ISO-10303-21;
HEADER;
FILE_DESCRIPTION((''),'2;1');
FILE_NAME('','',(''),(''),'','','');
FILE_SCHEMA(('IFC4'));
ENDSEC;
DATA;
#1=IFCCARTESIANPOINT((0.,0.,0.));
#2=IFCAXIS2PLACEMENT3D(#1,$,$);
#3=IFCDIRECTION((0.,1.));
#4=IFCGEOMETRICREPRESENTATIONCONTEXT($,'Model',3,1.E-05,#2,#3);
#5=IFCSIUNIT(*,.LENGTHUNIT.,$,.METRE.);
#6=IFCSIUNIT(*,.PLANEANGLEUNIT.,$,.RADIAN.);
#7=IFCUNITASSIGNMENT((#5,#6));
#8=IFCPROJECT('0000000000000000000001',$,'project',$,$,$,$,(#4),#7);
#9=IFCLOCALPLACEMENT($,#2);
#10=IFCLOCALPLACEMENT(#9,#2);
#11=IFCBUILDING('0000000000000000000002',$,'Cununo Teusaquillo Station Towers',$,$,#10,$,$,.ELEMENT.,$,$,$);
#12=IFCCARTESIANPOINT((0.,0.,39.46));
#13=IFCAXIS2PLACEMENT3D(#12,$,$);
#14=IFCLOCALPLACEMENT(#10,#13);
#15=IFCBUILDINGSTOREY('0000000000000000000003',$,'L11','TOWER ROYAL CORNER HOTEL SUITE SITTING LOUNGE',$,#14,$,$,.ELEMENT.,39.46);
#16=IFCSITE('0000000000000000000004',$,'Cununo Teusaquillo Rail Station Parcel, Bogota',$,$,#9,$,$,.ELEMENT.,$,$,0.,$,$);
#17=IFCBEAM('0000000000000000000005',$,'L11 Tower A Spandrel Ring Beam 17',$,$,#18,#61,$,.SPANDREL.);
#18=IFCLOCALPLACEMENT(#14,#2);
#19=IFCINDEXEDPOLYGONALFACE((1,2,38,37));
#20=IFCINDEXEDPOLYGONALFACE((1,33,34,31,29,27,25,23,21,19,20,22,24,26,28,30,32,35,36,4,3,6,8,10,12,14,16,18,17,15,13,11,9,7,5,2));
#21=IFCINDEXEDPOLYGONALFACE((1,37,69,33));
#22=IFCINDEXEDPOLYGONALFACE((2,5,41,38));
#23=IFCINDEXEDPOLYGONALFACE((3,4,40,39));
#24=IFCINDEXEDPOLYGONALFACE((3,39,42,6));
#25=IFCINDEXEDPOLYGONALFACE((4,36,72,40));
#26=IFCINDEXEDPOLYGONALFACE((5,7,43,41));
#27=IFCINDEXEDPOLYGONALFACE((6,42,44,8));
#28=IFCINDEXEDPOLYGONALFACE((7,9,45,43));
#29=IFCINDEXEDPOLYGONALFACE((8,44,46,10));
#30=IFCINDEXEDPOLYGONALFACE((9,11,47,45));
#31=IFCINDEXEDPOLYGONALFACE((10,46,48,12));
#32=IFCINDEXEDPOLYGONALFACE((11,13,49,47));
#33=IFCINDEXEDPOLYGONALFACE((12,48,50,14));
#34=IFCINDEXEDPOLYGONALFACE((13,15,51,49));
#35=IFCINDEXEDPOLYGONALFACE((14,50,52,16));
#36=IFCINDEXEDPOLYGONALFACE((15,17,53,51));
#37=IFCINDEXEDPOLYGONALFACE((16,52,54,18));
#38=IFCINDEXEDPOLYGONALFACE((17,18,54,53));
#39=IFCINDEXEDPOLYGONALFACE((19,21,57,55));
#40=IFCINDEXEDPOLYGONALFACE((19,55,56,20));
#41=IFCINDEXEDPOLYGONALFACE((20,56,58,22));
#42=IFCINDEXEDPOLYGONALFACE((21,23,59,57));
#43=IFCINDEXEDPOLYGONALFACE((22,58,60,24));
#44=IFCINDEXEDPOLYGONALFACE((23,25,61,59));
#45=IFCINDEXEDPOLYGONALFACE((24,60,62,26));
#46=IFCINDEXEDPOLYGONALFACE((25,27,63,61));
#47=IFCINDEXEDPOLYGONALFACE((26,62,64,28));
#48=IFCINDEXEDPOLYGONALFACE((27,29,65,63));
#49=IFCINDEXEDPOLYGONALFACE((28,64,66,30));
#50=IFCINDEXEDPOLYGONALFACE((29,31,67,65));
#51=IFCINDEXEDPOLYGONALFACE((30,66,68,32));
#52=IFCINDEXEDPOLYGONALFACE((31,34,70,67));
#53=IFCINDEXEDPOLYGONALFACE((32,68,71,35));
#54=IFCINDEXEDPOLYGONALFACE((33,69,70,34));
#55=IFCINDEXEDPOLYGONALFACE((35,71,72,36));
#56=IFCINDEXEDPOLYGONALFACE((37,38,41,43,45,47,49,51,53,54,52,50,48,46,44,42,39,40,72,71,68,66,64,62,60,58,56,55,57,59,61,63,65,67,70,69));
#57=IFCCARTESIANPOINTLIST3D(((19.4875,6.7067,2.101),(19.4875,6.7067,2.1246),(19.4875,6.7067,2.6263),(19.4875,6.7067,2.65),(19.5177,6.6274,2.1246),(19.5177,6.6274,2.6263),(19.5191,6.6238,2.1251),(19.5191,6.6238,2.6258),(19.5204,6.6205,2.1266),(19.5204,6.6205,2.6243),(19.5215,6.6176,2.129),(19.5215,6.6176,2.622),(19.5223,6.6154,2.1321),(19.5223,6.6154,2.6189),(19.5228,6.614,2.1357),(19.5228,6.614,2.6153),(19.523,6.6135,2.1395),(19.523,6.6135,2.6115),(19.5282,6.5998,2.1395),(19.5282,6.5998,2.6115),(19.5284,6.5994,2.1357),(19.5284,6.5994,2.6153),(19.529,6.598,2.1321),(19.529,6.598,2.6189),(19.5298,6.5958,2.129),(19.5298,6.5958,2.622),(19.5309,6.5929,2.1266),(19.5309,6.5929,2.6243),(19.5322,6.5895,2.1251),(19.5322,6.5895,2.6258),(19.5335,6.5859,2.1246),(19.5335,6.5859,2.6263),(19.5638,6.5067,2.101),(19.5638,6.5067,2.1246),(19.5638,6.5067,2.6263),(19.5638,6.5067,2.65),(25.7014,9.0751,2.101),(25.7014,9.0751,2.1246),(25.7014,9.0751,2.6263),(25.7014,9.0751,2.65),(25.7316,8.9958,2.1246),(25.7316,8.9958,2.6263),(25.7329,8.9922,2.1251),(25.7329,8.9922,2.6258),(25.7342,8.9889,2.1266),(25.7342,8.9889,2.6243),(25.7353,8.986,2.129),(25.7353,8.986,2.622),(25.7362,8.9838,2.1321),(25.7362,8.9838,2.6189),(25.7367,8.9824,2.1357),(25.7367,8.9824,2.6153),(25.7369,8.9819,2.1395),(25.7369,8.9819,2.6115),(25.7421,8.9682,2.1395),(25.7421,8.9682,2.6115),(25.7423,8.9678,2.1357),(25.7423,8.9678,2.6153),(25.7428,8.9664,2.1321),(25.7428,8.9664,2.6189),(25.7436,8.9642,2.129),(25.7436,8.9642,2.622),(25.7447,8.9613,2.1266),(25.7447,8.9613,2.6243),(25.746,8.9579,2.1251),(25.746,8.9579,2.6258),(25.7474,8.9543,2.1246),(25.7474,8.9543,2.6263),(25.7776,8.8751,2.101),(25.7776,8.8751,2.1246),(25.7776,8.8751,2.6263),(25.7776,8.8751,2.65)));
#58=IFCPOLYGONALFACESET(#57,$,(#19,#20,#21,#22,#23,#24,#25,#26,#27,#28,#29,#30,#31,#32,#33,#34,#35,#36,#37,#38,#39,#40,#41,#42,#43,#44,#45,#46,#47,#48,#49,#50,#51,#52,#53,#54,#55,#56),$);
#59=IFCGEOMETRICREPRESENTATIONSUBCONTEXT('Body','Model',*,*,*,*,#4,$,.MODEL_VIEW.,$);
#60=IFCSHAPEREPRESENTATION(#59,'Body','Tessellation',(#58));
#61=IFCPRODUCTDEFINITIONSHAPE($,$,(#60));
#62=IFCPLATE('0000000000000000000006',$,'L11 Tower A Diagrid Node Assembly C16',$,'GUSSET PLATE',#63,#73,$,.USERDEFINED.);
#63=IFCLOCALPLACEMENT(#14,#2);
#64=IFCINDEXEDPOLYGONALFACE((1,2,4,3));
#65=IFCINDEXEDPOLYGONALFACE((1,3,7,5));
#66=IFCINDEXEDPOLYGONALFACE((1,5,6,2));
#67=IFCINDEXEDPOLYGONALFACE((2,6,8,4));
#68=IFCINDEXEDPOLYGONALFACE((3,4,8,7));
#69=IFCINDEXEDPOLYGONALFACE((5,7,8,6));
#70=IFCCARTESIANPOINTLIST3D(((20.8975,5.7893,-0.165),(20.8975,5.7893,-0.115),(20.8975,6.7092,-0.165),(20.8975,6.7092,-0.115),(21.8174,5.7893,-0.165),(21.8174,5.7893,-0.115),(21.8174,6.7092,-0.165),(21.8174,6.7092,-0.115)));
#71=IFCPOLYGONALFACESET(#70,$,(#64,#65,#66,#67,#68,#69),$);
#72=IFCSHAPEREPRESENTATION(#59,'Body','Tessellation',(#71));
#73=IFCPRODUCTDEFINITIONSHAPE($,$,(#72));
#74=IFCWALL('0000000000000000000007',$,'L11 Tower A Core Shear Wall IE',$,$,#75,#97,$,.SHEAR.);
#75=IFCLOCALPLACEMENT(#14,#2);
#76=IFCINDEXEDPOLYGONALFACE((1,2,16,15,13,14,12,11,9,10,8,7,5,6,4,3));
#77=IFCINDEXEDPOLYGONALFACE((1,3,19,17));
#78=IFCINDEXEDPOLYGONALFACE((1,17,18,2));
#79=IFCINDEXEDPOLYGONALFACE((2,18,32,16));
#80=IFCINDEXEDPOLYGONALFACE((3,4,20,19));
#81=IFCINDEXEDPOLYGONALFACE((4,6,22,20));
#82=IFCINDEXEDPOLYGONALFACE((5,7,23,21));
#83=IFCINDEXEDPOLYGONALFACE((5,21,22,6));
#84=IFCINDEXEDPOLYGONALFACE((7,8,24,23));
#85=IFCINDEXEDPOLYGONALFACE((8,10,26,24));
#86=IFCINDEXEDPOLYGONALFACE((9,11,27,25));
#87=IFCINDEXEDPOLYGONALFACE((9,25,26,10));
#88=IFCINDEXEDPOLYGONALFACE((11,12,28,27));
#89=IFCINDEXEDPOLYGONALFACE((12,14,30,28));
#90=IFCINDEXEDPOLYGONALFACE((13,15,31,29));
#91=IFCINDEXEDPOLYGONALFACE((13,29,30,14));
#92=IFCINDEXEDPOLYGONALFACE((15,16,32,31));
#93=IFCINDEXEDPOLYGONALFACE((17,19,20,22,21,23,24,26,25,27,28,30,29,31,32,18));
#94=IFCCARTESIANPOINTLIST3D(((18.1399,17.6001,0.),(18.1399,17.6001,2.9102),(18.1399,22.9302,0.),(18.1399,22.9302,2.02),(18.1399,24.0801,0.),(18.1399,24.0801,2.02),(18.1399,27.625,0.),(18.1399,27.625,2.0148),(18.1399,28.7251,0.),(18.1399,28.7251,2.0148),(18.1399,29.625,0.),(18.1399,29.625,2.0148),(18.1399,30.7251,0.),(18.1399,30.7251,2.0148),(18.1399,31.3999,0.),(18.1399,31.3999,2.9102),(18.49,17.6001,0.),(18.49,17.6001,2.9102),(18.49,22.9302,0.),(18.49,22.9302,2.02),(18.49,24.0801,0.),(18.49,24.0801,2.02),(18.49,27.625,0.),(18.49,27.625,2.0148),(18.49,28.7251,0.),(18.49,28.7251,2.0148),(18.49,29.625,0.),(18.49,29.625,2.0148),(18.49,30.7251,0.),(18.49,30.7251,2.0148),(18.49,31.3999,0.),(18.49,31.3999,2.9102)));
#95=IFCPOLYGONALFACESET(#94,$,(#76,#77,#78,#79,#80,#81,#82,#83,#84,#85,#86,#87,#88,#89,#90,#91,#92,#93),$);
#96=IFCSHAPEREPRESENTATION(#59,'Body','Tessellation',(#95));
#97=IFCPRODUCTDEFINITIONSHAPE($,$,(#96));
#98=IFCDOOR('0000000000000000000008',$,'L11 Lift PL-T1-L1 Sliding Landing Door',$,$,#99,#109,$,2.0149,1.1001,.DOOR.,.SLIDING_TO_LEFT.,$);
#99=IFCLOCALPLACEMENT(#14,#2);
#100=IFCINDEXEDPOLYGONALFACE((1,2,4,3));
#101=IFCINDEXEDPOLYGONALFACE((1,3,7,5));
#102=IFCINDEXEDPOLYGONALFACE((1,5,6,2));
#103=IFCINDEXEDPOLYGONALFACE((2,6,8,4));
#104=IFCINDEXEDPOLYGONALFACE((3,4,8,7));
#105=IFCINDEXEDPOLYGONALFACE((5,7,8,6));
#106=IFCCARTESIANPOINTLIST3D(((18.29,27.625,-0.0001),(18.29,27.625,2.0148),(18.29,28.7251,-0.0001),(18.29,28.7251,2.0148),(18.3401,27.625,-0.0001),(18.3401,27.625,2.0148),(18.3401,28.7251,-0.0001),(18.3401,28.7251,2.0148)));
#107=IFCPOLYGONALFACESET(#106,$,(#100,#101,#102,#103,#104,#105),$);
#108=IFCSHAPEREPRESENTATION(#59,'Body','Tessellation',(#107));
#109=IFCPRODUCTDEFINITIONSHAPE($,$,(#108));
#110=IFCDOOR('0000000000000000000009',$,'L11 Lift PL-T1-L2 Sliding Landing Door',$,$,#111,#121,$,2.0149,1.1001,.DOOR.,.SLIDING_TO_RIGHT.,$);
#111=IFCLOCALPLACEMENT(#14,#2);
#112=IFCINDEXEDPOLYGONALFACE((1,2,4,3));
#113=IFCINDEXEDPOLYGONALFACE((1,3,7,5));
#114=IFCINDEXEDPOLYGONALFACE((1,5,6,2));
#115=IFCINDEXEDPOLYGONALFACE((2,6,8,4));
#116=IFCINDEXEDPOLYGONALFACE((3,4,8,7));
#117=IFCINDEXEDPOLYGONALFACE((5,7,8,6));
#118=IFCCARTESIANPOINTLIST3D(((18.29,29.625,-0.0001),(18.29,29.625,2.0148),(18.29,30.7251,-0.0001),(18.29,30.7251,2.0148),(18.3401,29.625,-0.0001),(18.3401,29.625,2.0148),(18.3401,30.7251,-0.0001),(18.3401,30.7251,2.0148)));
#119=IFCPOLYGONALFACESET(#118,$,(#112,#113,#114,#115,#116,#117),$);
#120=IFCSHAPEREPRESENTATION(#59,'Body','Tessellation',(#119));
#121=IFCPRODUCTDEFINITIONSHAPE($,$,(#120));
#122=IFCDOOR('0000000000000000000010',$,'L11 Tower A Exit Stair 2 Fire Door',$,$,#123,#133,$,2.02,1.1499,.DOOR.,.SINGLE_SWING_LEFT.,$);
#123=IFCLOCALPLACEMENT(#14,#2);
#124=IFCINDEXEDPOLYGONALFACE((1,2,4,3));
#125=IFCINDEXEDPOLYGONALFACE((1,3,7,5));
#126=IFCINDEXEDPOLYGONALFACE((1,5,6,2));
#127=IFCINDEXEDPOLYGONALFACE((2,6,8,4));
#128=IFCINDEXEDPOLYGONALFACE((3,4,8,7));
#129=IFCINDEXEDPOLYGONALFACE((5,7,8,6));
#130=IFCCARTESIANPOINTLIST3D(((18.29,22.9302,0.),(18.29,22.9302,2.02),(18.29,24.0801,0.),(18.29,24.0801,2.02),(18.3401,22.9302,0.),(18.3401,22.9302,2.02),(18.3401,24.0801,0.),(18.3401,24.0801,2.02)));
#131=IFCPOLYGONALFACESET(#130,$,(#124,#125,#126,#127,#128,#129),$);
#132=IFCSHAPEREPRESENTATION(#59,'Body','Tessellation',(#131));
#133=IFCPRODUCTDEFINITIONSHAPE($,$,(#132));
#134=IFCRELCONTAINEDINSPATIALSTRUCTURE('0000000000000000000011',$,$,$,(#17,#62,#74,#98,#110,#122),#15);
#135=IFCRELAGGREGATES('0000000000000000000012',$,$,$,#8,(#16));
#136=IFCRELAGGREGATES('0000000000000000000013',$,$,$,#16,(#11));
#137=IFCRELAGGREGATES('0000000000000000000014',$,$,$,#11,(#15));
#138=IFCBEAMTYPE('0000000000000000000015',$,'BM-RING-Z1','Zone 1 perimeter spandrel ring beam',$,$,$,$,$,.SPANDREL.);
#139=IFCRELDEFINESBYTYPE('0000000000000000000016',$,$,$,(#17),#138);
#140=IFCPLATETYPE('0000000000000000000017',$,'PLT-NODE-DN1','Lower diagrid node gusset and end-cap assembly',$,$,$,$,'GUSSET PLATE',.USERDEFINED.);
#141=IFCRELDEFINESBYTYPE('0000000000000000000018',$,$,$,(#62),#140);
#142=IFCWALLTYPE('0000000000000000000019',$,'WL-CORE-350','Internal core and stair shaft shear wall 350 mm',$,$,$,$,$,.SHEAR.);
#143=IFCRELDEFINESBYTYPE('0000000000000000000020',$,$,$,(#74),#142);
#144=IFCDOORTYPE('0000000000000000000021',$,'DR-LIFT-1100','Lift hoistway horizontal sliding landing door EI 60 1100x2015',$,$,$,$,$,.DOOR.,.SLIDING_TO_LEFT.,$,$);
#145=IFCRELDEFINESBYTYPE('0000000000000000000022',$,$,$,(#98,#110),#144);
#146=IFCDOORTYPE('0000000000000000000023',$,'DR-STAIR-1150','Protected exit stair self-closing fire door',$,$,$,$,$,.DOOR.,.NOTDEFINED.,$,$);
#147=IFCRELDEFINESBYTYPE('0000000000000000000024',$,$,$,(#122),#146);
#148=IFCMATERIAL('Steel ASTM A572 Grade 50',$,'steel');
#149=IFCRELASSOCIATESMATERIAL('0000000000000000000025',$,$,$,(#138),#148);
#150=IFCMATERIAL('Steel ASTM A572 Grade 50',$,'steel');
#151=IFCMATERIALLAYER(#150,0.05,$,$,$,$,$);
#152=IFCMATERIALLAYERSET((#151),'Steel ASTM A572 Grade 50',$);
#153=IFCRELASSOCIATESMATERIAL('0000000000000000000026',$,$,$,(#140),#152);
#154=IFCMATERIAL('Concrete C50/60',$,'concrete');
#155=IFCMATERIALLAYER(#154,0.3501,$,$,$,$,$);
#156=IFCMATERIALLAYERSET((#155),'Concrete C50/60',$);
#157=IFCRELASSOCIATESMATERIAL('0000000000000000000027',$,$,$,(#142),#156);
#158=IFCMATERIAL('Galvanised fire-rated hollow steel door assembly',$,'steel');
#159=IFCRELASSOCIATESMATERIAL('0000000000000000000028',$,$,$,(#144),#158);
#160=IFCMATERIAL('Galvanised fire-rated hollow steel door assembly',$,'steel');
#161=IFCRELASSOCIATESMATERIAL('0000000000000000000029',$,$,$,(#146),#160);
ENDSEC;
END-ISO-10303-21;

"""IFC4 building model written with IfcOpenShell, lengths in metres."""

from ifc_helpers import new_model, si_unit, direction, frame, frame_2d, origin, origin_2d, place, context, subcontext, project, spatial, rectangle, i_section, extrude, source, transform, mapped, material, layer, layer_set, material_profile, profile_set, type_object, element, fill, save


model = new_model("IFC4")

# Units and contexts
model_context = context("Model", 3, precision=1e-05, world=origin(), true_north=direction((0.0, 1.0)))
body_context = subcontext(model_context, "Body", "Model", "MODEL_VIEW")
ifc_project = project(units=[si_unit("LENGTHUNIT", "METRE"), si_unit("PLANEANGLEUNIT", "RADIAN")], contexts=[model_context])

# Site, building, storey
site_placement = place(None, origin())
site = spatial("IfcSite", under=ifc_project, at=site_placement, Name="Cununo Teusaquillo Rail Station Parcel, Bogota", CompositionType="ELEMENT", RefElevation=0.0)
building_placement = place(site_placement, origin())
building = spatial("IfcBuilding", under=site, at=building_placement, Name="Cununo Teusaquillo Station Towers", CompositionType="ELEMENT")
storey_placement = place(building_placement, frame((0.0, 0.0, 39.46)))
storey = spatial("IfcBuildingStorey", under=building, at=storey_placement, Name="L11", Description="TOWER ROYAL CORNER HOTEL SUITE SITTING LOUNGE", CompositionType="ELEMENT", Elevation=39.46)

# Beam
ifc_material_1 = material(Name="Steel ASTM A572 Grade 50", Category="steel")
ifc_material_profile_1 = material_profile(ifc_material_1, i_section(OverallWidth=0.2141, OverallDepth=0.5491, WebThickness=0.0146, FlangeThickness=0.0237, FilletRadius=0.0149, at=origin_2d()), Name="W21X93")
ifc_profile_set_1 = profile_set([ifc_material_profile_1], Name="Steel ASTM A572 Grade 50")
beam_type = type_object("IfcBeamType", Name="BM-RING-Z1", Description="Zone 1 perimeter spandrel ring beam", PredefinedType="SPANDREL", material=ifc_profile_set_1)
beam_1_placement = place(storey_placement, frame((19.5256, 6.6067, 2.3755), z_axis=(0.934427, 0.356156, 0.0), x_axis=(-0.356156, 0.934427, 0.0)))
element("IfcBeam", 1, at=beam_1_placement, inside=storey, type_object=beam_type, Name="L11 Tower A Spandrel Ring Beam 17", PredefinedType="SPANDREL", context=body_context, shape_type="SweptSolid", body=[
    extrude(i_section(OverallWidth=0.2141, OverallDepth=0.5491, WebThickness=0.0146, FlangeThickness=0.0237, FilletRadius=0.0149, at=origin_2d()), origin(), (0.0, 0.0, 1.0), 6.6499),
])

# Plate
ifc_material_2 = material(Name="Steel ASTM A572 Grade 50", Category="steel")
ifc_layer_1 = layer(ifc_material_2, 0.05)
ifc_layer_set_1 = layer_set([ifc_layer_1], Name="Steel ASTM A572 Grade 50")
plate_type = type_object("IfcPlateType", Name="PLT-NODE-DN1", Description="Lower diagrid node gusset and end-cap assembly", ElementType="GUSSET PLATE", PredefinedType="USERDEFINED", material=ifc_layer_set_1)
shared_shape_1 = source(origin(), body_context, "Body", "SweptSolid", [
    extrude(rectangle(XDim=0.9199, YDim=0.9199, at=origin_2d()), origin(), (0.0, 0.0, 1.0), 0.05),
])
plate_placement = place(storey_placement, frame((21.3574, 6.2493, -0.165), z_axis=(0.0, 0.0, 1.0), x_axis=(1.0, 0.0, 0.0)))
element("IfcPlate", 2, at=plate_placement, inside=storey, type_object=plate_type, Name="L11 Tower A Diagrid Node Assembly C16", ObjectType="GUSSET PLATE", PredefinedType="USERDEFINED", context=body_context, shape_type="MappedRepresentation", body=[
    mapped(shared_shape_1, transform((0.0, 0.0, 0.0), x_axis=(1.0, 0.0, 0.0), y_axis=(0.0, 1.0, 0.0), z_axis=(0.0, 0.0, 1.0), scale=1.0)),
])

# Wall, openings, doors
ifc_material_3 = material(Name="Concrete C50/60", Category="concrete")
ifc_layer_2 = layer(ifc_material_3, 0.3501)
ifc_layer_set_2 = layer_set([ifc_layer_2], Name="Concrete C50/60")
wall_type_1 = type_object("IfcWallType", Name="WL-CORE-350", Description="Internal core and stair shaft shear wall 350 mm", PredefinedType="SHEAR", material=ifc_layer_set_2)
wall_1_placement = place(storey_placement, frame((18.3149, 17.6001, 0.0), z_axis=(0.0, 0.0, 1.0), x_axis=(0.0, 1.0, 0.0)))
wall_1 = element("IfcWall", 3, at=wall_1_placement, inside=storey, type_object=wall_type_1, Name="L11 Tower A Core Shear Wall IE", PredefinedType="SHEAR", context=body_context, shape_type="SweptSolid", body=[
    extrude(rectangle(XDim=13.7998, YDim=0.3501, at=frame_2d((6.8999, 0.0))), origin(), (0.0, 0.0, 1.0), 2.9102),
])
shared_shape_2 = source(origin(), body_context, "Body", "SweptSolid", [
    extrude(rectangle(XDim=1.1001, YDim=2.0149, at=frame_2d((0.55, 1.0073))), frame((0.0, 0.1851, 0.0), z_axis=(0.0, -1.0, 0.0), x_axis=(1.0, 0.0, 0.0)), (0.0, 0.0, 1.0), 0.3701),
])
opening_1_placement = place(wall_1_placement, frame((10.0249, 0.0, 0.0)))
opening_1 = element("IfcOpeningElement", 4, at=opening_1_placement, cuts=wall_1, PredefinedType="OPENING", context=body_context, shape_type="MappedRepresentation", body=[
    mapped(shared_shape_2, transform((0.0, 0.0, 0.0), x_axis=(1.0, 0.0, 0.0), y_axis=(0.0, 1.0, 0.0), z_axis=(0.0, 0.0, 1.0), scale=1.0)),
])
opening_2_placement = place(wall_1_placement, frame((12.0249, 0.0, 0.0)))
opening_2 = element("IfcOpeningElement", 5, at=opening_2_placement, cuts=wall_1, PredefinedType="OPENING", context=body_context, shape_type="MappedRepresentation", body=[
    mapped(shared_shape_2, transform((0.0, 0.0, 0.0), x_axis=(1.0, 0.0, 0.0), y_axis=(0.0, 1.0, 0.0), z_axis=(0.0, 0.0, 1.0), scale=1.0)),
])
shared_shape_3 = source(origin(), body_context, "Body", "SweptSolid", [
    extrude(rectangle(XDim=1.1499, YDim=2.02, at=frame_2d((0.575, 1.01))), frame((0.0, 0.1851, 0.0), z_axis=(0.0, -1.0, 0.0), x_axis=(1.0, 0.0, 0.0)), (0.0, 0.0, 1.0), 0.3701),
])
opening_3_placement = place(wall_1_placement, frame((5.3301, 0.0, 0.0)))
opening_3 = element("IfcOpeningElement", 6, at=opening_3_placement, cuts=wall_1, PredefinedType="OPENING", context=body_context, shape_type="MappedRepresentation", body=[
    mapped(shared_shape_3, transform((0.0, 0.0, 0.0), x_axis=(1.0, 0.0, 0.0), y_axis=(0.0, 1.0, 0.0), z_axis=(0.0, 0.0, 1.0), scale=1.0)),
])
ifc_material_4 = material(Name="Galvanised fire-rated hollow steel door assembly", Category="steel")
door_type_1 = type_object("IfcDoorType", Name="DR-LIFT-1100", Description="Lift hoistway horizontal sliding landing door EI 60 1100x2015", OperationType="SLIDING_TO_LEFT", PredefinedType="DOOR", material=ifc_material_4)
shared_shape_4 = source(origin(), body_context, "Body", "SweptSolid", [
    extrude(rectangle(XDim=1.1001, YDim=2.0149, at=frame_2d((0.55, 1.0073))), frame((0.0, 0.0249, 0.0), z_axis=(0.0, -1.0, 0.0), x_axis=(1.0, 0.0, 0.0)), (0.0, 0.0, 1.0), 0.05),
])
door_1_placement = place(opening_1_placement, origin())
door_1 = element("IfcDoor", 7, at=door_1_placement, inside=storey, type_object=door_type_1, Name="L11 Lift PL-T1-L1 Sliding Landing Door", OperationType="SLIDING_TO_LEFT", OverallHeight=2.0149, OverallWidth=1.1001, PredefinedType="DOOR", context=body_context, shape_type="MappedRepresentation", body=[
    mapped(shared_shape_4, transform((0.0, 0.0, 0.0), x_axis=(1.0, 0.0, 0.0), y_axis=(0.0, 1.0, 0.0), z_axis=(0.0, 0.0, 1.0), scale=1.0)),
])
fill(opening_1, door_1)
door_2_placement = place(opening_2_placement, origin())
door_2 = element("IfcDoor", 8, at=door_2_placement, inside=storey, type_object=door_type_1, Name="L11 Lift PL-T1-L2 Sliding Landing Door", OperationType="SLIDING_TO_RIGHT", OverallHeight=2.0149, OverallWidth=1.1001, PredefinedType="DOOR", context=body_context, shape_type="MappedRepresentation", body=[
    mapped(shared_shape_4, transform((0.0, 0.0, 0.0), x_axis=(1.0, 0.0, 0.0), y_axis=(0.0, 1.0, 0.0), z_axis=(0.0, 0.0, 1.0), scale=1.0)),
])
fill(opening_2, door_2)
ifc_material_5 = material(Name="Galvanised fire-rated hollow steel door assembly", Category="steel")
door_type_2 = type_object("IfcDoorType", Name="DR-STAIR-1150", Description="Protected exit stair self-closing fire door", OperationType="NOTDEFINED", PredefinedType="DOOR", material=ifc_material_5)
shared_shape_5 = source(origin(), body_context, "Body", "SweptSolid", [
    extrude(rectangle(XDim=1.1499, YDim=2.02, at=frame_2d((0.575, 1.01))), frame((0.0, 0.0249, 0.0), z_axis=(0.0, -1.0, 0.0), x_axis=(1.0, 0.0, 0.0)), (0.0, 0.0, 1.0), 0.05),
])
door_3_placement = place(opening_3_placement, origin())
door_3 = element("IfcDoor", 9, at=door_3_placement, inside=storey, type_object=door_type_2, Name="L11 Tower A Exit Stair 2 Fire Door", OperationType="SINGLE_SWING_LEFT", OverallHeight=2.02, OverallWidth=1.1499, PredefinedType="DOOR", context=body_context, shape_type="MappedRepresentation", body=[
    mapped(shared_shape_5, transform((0.0, 0.0, 0.0), x_axis=(1.0, 0.0, 0.0), y_axis=(0.0, 1.0, 0.0), z_axis=(0.0, 0.0, 1.0), scale=1.0)),
])
fill(opening_3, door_3)

save(model, "model.ifc")
